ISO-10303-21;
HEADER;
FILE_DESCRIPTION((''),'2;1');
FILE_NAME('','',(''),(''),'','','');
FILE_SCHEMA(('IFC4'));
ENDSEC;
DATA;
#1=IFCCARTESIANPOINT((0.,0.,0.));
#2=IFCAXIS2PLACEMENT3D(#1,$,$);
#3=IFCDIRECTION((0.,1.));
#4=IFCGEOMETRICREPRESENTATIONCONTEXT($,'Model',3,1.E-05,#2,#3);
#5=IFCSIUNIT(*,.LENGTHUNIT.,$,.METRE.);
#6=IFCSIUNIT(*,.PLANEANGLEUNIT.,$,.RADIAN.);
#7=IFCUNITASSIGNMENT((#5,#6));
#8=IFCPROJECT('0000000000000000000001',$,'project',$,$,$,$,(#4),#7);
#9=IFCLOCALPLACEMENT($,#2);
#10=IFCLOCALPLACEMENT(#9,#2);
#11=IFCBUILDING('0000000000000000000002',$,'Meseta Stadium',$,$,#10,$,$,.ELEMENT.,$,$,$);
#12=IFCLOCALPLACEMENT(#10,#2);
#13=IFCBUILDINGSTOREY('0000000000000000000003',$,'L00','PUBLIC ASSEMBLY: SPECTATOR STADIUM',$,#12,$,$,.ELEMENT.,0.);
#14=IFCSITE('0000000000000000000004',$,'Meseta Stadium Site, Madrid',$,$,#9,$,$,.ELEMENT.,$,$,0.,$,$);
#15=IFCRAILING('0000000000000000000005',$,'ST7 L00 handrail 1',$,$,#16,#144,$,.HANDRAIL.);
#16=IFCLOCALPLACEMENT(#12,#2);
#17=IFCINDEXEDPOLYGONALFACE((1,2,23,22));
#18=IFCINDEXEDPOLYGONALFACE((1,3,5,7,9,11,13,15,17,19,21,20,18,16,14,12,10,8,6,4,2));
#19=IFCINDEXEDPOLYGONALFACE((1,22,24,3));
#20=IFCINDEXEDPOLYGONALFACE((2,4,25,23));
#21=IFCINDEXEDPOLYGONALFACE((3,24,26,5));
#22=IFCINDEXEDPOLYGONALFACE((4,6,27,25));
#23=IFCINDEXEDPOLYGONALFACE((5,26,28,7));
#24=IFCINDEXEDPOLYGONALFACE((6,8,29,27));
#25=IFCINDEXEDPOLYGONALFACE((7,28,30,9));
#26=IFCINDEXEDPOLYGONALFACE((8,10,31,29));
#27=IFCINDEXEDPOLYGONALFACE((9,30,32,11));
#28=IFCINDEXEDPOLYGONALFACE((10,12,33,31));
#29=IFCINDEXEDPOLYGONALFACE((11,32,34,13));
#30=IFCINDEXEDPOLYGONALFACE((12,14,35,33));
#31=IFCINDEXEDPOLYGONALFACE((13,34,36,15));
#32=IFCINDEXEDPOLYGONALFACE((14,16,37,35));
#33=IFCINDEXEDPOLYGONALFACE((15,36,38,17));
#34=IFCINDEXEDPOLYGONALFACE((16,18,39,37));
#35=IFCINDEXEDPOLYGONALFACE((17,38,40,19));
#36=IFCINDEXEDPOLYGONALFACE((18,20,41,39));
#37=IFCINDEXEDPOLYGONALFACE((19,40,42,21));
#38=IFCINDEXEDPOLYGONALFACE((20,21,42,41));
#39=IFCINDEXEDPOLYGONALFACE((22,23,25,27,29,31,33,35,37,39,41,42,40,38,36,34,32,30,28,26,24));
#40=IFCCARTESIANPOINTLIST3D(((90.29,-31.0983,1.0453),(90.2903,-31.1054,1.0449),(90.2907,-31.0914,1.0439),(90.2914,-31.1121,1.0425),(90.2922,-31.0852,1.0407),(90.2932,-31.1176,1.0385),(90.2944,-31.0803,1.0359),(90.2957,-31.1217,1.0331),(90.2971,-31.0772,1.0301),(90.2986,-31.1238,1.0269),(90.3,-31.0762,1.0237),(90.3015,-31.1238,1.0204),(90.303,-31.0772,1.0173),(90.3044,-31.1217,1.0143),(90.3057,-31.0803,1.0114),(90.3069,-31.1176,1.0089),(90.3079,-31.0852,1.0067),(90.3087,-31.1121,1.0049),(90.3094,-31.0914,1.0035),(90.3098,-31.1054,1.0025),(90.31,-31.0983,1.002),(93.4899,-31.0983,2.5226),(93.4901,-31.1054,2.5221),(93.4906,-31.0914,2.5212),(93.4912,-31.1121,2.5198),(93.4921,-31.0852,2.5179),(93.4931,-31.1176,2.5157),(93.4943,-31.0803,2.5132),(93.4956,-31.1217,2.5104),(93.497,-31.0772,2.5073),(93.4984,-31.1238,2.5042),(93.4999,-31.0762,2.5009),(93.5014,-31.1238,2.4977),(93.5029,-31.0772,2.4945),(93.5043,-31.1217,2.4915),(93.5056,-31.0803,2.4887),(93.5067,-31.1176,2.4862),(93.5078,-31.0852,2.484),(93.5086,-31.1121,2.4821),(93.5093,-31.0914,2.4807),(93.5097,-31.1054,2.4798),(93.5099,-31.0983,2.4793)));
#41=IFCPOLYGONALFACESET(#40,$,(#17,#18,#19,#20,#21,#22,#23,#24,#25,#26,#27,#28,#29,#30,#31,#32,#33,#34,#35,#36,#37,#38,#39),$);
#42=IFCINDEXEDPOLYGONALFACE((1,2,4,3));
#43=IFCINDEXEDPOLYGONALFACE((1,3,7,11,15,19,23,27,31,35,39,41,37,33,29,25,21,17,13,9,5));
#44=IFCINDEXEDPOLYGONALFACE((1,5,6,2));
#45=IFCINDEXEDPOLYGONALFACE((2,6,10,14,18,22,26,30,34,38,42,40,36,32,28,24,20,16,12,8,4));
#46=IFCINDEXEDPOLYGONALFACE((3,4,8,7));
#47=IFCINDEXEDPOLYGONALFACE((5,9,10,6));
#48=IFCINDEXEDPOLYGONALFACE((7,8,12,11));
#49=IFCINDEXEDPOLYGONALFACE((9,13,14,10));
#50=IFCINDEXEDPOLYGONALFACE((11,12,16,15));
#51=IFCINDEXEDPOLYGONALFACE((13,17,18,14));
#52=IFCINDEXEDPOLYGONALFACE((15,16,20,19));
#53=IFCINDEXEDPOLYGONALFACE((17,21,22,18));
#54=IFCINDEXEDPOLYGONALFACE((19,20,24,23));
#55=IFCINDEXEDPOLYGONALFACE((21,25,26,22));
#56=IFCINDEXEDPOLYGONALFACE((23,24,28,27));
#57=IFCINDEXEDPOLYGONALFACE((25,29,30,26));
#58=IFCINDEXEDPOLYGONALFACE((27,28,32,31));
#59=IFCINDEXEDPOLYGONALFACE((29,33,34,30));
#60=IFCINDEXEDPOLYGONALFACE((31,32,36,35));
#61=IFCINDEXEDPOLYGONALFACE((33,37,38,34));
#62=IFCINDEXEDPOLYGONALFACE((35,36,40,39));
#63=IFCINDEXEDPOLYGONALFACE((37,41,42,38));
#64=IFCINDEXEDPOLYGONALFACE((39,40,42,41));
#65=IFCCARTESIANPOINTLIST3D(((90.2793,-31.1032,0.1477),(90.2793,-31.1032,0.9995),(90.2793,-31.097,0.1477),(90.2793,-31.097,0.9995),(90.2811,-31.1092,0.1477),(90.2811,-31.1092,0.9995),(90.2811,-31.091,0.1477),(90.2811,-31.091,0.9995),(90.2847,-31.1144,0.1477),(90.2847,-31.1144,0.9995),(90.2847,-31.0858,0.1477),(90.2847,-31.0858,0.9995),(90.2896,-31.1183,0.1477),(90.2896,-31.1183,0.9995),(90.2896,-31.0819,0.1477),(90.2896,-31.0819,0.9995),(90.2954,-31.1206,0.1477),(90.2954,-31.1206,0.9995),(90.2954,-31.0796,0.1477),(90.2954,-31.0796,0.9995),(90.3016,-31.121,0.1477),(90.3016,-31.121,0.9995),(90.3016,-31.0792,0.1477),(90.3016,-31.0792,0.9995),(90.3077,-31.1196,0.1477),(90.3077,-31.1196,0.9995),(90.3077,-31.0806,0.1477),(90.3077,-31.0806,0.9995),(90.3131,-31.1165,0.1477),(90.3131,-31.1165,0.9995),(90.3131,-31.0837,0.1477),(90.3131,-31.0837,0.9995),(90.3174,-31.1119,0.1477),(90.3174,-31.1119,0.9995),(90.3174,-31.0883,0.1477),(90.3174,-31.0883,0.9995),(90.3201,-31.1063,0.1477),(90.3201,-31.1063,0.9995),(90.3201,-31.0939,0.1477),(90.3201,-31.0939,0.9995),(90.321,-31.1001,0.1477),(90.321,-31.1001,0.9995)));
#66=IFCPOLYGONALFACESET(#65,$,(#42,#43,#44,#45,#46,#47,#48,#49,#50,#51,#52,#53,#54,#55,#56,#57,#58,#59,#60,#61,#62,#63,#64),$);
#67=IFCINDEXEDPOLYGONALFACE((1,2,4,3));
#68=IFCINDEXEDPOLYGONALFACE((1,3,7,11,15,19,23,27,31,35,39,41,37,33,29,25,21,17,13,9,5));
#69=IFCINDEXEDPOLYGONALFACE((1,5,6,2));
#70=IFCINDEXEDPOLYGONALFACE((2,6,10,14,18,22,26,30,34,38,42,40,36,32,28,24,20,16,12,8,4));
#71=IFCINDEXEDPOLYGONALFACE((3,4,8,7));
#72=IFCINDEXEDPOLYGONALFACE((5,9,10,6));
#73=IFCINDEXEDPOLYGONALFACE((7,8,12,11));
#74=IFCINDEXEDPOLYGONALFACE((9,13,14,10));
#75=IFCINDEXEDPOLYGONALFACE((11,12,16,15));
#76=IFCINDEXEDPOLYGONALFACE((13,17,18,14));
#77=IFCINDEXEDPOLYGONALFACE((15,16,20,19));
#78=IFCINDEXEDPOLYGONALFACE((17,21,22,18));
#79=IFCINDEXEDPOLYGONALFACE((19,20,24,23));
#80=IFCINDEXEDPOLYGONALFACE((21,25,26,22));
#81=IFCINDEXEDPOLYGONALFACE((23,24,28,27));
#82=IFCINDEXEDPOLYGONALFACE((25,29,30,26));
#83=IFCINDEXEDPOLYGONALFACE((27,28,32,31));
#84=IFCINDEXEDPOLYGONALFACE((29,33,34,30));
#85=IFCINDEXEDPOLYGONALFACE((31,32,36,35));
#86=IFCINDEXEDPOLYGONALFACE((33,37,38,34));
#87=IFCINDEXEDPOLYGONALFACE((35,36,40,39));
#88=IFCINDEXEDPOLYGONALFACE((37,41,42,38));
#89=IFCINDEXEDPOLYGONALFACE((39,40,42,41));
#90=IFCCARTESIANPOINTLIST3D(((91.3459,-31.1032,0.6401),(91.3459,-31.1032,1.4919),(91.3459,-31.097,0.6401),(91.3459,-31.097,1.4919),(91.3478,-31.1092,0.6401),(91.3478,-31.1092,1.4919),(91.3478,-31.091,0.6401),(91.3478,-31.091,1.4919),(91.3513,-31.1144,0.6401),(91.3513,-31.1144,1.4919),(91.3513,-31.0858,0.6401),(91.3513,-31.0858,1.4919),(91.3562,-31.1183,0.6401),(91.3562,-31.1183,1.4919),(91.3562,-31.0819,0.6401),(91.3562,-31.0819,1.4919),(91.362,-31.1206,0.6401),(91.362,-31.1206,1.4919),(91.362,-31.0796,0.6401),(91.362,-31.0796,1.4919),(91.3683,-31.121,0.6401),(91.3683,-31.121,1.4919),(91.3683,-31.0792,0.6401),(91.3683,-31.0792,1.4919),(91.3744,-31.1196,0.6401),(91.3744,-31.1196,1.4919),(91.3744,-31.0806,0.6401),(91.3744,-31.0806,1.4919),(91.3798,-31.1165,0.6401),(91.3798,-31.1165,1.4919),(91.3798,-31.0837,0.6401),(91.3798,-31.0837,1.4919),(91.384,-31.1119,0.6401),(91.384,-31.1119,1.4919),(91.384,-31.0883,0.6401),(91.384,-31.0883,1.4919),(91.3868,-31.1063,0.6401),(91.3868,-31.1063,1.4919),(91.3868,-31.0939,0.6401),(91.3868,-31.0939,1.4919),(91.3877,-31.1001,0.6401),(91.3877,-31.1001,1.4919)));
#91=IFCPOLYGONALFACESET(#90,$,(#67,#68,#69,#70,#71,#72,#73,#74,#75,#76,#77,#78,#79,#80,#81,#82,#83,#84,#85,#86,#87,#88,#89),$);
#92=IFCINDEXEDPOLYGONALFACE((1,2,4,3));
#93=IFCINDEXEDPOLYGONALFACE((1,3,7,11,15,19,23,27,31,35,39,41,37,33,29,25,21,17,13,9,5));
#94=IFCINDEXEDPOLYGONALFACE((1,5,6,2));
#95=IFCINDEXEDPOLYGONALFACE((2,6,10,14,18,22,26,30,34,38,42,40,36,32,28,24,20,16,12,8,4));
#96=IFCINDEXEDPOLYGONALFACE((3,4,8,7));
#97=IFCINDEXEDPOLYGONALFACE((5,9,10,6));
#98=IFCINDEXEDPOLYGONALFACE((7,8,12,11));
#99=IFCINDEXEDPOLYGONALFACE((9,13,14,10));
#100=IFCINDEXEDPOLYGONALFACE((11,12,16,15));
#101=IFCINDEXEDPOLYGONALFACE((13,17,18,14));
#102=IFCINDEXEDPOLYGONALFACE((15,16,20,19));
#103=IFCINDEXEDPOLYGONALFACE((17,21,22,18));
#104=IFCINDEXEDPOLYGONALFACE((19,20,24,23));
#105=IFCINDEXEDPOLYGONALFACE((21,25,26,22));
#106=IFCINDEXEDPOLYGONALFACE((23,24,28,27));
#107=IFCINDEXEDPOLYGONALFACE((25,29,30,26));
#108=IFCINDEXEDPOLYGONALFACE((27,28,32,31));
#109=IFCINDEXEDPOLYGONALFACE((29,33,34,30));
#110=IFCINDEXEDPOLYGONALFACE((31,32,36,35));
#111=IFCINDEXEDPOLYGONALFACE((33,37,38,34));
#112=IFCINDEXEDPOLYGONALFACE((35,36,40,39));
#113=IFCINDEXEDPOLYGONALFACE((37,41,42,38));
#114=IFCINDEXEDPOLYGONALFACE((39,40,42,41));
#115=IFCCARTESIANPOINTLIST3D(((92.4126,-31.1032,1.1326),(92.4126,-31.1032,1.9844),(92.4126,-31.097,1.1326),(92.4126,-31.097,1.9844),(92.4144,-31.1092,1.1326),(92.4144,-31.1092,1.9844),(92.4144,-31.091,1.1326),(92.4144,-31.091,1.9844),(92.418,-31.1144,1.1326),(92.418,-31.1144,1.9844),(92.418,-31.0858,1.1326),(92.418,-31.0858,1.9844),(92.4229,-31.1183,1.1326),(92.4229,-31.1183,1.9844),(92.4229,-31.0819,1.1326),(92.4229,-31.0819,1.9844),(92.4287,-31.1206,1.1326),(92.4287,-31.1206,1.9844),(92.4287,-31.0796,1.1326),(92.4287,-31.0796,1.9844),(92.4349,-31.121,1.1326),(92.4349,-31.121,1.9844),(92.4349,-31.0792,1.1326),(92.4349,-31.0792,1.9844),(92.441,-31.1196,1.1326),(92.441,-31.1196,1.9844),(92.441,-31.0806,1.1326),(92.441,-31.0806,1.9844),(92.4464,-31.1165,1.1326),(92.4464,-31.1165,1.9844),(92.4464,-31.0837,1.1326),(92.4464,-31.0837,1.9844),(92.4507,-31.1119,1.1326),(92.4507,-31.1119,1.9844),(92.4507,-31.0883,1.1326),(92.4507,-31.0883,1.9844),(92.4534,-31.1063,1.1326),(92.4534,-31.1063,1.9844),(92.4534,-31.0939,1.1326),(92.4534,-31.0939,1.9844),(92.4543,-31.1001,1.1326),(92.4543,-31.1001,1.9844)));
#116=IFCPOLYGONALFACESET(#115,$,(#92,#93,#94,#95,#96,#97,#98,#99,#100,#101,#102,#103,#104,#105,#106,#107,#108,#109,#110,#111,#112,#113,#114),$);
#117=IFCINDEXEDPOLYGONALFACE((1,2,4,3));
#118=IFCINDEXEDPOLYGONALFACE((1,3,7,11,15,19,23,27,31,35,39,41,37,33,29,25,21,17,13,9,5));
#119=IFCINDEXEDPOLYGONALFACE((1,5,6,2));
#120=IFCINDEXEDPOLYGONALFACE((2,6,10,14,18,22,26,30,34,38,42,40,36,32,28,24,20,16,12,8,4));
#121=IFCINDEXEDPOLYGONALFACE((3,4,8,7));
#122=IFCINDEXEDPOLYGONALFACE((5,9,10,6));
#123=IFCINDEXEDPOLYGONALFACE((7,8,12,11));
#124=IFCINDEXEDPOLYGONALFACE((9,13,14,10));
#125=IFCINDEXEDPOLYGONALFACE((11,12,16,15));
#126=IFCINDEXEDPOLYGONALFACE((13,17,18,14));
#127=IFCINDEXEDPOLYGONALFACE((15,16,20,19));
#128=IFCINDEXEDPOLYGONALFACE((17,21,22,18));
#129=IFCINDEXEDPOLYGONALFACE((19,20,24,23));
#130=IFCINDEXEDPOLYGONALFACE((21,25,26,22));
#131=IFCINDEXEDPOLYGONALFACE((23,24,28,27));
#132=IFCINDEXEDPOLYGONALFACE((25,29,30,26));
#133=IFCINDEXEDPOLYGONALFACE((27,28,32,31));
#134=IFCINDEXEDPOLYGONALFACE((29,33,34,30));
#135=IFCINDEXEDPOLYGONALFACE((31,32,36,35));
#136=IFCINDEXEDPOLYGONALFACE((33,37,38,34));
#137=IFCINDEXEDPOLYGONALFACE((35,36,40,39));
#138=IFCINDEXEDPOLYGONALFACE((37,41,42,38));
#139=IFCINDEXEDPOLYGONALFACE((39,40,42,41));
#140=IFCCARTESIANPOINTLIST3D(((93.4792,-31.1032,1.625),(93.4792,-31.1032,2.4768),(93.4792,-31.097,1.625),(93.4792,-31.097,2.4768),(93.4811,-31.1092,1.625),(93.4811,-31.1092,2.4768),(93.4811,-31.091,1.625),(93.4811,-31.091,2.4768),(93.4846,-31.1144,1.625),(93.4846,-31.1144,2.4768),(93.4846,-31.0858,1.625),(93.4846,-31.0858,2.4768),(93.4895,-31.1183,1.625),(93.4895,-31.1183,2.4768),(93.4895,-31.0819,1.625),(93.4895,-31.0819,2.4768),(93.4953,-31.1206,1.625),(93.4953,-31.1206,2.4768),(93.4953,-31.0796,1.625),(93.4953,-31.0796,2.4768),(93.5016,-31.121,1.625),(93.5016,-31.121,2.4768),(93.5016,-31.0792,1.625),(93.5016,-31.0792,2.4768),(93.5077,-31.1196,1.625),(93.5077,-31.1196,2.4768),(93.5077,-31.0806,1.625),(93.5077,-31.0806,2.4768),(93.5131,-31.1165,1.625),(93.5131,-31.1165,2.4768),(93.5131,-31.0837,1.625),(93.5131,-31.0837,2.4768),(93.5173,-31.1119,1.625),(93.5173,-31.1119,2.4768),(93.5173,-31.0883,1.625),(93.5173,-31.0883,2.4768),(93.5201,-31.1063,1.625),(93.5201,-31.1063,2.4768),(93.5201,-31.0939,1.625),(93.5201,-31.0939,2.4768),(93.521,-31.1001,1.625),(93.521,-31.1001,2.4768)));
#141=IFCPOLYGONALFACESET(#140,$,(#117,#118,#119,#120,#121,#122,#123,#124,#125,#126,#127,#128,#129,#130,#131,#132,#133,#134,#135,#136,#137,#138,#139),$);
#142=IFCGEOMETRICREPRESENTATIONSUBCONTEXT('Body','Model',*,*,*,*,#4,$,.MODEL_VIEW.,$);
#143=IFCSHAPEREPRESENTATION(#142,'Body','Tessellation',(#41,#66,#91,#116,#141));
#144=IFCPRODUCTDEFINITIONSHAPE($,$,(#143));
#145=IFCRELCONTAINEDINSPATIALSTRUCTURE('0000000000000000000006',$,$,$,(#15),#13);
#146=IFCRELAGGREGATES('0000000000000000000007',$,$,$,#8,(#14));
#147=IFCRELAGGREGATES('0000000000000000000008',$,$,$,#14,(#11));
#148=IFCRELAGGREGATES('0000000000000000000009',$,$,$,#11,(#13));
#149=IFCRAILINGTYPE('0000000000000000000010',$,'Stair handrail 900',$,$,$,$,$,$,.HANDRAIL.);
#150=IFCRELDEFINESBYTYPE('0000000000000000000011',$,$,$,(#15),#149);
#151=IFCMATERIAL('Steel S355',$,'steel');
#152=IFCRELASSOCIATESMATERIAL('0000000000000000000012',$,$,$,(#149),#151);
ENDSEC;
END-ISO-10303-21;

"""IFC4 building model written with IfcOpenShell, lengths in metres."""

from ifc_helpers import new_model, si_unit, direction, frame, origin, origin_2d, place, context, subcontext, project, spatial, circle, extrude, material, type_object, element, save


model = new_model("IFC4")

# Units and contexts
model_context = context("Model", 3, precision=1e-05, world=origin(), true_north=direction((0.0, 1.0)))
body_context = subcontext(model_context, "Body", "Model", "MODEL_VIEW")
ifc_project = project(units=[si_unit("LENGTHUNIT", "METRE"), si_unit("PLANEANGLEUNIT", "RADIAN")], contexts=[model_context])

# Site, building, storey
site_placement = place(None, origin())
site = spatial("IfcSite", under=ifc_project, at=site_placement, Name="Meseta Stadium Site, Madrid", CompositionType="ELEMENT", RefElevation=0.0)
building_placement = place(site_placement, origin())
building = spatial("IfcBuilding", under=site, at=building_placement, Name="Meseta Stadium", CompositionType="ELEMENT")
storey_placement = place(building_placement, origin())
storey = spatial("IfcBuildingStorey", under=building, at=storey_placement, Name="L00", Description="PUBLIC ASSEMBLY: SPECTATOR STADIUM", CompositionType="ELEMENT", Elevation=0.0)

# Railing
ifc_material_1 = material(Name="Steel S355", Category="steel")
railing_type_1 = type_object("IfcRailingType", Name="Stair handrail 900", PredefinedType="HANDRAIL", material=ifc_material_1)
railing_1_placement = place(storey_placement, frame((90.3, -31.1001, 0.1477)))
element("IfcRailing", 1, at=railing_1_placement, inside=storey, type_object=railing_type_1, Name="ST7 L00 handrail 1", PredefinedType="HANDRAIL", context=body_context, shape_type="SweptSolid", body=[
    extrude(circle(Radius=0.0239, at=origin_2d()), frame((0.0, 0.0, 0.876), z_axis=(0.907917, 0.0, 0.41915), x_axis=(0.0, 1.0, 0.0)), (0.0, 0.0, 1.0), 3.5244),
    extrude(circle(Radius=0.021, at=origin_2d()), origin(), (0.0, 0.0, 1.0), 0.8518),
    extrude(circle(Radius=0.021, at=origin_2d()), frame((1.0667, 0.0, 0.4924)), (0.0, 0.0, 1.0), 0.8518),
    extrude(circle(Radius=0.021, at=origin_2d()), frame((2.1333, 0.0, 0.9849)), (0.0, 0.0, 1.0), 0.8518),
    extrude(circle(Radius=0.021, at=origin_2d()), frame((3.2, 0.0, 1.4773)), (0.0, 0.0, 1.0), 0.8518),
])

save(model, "model.ifc")
